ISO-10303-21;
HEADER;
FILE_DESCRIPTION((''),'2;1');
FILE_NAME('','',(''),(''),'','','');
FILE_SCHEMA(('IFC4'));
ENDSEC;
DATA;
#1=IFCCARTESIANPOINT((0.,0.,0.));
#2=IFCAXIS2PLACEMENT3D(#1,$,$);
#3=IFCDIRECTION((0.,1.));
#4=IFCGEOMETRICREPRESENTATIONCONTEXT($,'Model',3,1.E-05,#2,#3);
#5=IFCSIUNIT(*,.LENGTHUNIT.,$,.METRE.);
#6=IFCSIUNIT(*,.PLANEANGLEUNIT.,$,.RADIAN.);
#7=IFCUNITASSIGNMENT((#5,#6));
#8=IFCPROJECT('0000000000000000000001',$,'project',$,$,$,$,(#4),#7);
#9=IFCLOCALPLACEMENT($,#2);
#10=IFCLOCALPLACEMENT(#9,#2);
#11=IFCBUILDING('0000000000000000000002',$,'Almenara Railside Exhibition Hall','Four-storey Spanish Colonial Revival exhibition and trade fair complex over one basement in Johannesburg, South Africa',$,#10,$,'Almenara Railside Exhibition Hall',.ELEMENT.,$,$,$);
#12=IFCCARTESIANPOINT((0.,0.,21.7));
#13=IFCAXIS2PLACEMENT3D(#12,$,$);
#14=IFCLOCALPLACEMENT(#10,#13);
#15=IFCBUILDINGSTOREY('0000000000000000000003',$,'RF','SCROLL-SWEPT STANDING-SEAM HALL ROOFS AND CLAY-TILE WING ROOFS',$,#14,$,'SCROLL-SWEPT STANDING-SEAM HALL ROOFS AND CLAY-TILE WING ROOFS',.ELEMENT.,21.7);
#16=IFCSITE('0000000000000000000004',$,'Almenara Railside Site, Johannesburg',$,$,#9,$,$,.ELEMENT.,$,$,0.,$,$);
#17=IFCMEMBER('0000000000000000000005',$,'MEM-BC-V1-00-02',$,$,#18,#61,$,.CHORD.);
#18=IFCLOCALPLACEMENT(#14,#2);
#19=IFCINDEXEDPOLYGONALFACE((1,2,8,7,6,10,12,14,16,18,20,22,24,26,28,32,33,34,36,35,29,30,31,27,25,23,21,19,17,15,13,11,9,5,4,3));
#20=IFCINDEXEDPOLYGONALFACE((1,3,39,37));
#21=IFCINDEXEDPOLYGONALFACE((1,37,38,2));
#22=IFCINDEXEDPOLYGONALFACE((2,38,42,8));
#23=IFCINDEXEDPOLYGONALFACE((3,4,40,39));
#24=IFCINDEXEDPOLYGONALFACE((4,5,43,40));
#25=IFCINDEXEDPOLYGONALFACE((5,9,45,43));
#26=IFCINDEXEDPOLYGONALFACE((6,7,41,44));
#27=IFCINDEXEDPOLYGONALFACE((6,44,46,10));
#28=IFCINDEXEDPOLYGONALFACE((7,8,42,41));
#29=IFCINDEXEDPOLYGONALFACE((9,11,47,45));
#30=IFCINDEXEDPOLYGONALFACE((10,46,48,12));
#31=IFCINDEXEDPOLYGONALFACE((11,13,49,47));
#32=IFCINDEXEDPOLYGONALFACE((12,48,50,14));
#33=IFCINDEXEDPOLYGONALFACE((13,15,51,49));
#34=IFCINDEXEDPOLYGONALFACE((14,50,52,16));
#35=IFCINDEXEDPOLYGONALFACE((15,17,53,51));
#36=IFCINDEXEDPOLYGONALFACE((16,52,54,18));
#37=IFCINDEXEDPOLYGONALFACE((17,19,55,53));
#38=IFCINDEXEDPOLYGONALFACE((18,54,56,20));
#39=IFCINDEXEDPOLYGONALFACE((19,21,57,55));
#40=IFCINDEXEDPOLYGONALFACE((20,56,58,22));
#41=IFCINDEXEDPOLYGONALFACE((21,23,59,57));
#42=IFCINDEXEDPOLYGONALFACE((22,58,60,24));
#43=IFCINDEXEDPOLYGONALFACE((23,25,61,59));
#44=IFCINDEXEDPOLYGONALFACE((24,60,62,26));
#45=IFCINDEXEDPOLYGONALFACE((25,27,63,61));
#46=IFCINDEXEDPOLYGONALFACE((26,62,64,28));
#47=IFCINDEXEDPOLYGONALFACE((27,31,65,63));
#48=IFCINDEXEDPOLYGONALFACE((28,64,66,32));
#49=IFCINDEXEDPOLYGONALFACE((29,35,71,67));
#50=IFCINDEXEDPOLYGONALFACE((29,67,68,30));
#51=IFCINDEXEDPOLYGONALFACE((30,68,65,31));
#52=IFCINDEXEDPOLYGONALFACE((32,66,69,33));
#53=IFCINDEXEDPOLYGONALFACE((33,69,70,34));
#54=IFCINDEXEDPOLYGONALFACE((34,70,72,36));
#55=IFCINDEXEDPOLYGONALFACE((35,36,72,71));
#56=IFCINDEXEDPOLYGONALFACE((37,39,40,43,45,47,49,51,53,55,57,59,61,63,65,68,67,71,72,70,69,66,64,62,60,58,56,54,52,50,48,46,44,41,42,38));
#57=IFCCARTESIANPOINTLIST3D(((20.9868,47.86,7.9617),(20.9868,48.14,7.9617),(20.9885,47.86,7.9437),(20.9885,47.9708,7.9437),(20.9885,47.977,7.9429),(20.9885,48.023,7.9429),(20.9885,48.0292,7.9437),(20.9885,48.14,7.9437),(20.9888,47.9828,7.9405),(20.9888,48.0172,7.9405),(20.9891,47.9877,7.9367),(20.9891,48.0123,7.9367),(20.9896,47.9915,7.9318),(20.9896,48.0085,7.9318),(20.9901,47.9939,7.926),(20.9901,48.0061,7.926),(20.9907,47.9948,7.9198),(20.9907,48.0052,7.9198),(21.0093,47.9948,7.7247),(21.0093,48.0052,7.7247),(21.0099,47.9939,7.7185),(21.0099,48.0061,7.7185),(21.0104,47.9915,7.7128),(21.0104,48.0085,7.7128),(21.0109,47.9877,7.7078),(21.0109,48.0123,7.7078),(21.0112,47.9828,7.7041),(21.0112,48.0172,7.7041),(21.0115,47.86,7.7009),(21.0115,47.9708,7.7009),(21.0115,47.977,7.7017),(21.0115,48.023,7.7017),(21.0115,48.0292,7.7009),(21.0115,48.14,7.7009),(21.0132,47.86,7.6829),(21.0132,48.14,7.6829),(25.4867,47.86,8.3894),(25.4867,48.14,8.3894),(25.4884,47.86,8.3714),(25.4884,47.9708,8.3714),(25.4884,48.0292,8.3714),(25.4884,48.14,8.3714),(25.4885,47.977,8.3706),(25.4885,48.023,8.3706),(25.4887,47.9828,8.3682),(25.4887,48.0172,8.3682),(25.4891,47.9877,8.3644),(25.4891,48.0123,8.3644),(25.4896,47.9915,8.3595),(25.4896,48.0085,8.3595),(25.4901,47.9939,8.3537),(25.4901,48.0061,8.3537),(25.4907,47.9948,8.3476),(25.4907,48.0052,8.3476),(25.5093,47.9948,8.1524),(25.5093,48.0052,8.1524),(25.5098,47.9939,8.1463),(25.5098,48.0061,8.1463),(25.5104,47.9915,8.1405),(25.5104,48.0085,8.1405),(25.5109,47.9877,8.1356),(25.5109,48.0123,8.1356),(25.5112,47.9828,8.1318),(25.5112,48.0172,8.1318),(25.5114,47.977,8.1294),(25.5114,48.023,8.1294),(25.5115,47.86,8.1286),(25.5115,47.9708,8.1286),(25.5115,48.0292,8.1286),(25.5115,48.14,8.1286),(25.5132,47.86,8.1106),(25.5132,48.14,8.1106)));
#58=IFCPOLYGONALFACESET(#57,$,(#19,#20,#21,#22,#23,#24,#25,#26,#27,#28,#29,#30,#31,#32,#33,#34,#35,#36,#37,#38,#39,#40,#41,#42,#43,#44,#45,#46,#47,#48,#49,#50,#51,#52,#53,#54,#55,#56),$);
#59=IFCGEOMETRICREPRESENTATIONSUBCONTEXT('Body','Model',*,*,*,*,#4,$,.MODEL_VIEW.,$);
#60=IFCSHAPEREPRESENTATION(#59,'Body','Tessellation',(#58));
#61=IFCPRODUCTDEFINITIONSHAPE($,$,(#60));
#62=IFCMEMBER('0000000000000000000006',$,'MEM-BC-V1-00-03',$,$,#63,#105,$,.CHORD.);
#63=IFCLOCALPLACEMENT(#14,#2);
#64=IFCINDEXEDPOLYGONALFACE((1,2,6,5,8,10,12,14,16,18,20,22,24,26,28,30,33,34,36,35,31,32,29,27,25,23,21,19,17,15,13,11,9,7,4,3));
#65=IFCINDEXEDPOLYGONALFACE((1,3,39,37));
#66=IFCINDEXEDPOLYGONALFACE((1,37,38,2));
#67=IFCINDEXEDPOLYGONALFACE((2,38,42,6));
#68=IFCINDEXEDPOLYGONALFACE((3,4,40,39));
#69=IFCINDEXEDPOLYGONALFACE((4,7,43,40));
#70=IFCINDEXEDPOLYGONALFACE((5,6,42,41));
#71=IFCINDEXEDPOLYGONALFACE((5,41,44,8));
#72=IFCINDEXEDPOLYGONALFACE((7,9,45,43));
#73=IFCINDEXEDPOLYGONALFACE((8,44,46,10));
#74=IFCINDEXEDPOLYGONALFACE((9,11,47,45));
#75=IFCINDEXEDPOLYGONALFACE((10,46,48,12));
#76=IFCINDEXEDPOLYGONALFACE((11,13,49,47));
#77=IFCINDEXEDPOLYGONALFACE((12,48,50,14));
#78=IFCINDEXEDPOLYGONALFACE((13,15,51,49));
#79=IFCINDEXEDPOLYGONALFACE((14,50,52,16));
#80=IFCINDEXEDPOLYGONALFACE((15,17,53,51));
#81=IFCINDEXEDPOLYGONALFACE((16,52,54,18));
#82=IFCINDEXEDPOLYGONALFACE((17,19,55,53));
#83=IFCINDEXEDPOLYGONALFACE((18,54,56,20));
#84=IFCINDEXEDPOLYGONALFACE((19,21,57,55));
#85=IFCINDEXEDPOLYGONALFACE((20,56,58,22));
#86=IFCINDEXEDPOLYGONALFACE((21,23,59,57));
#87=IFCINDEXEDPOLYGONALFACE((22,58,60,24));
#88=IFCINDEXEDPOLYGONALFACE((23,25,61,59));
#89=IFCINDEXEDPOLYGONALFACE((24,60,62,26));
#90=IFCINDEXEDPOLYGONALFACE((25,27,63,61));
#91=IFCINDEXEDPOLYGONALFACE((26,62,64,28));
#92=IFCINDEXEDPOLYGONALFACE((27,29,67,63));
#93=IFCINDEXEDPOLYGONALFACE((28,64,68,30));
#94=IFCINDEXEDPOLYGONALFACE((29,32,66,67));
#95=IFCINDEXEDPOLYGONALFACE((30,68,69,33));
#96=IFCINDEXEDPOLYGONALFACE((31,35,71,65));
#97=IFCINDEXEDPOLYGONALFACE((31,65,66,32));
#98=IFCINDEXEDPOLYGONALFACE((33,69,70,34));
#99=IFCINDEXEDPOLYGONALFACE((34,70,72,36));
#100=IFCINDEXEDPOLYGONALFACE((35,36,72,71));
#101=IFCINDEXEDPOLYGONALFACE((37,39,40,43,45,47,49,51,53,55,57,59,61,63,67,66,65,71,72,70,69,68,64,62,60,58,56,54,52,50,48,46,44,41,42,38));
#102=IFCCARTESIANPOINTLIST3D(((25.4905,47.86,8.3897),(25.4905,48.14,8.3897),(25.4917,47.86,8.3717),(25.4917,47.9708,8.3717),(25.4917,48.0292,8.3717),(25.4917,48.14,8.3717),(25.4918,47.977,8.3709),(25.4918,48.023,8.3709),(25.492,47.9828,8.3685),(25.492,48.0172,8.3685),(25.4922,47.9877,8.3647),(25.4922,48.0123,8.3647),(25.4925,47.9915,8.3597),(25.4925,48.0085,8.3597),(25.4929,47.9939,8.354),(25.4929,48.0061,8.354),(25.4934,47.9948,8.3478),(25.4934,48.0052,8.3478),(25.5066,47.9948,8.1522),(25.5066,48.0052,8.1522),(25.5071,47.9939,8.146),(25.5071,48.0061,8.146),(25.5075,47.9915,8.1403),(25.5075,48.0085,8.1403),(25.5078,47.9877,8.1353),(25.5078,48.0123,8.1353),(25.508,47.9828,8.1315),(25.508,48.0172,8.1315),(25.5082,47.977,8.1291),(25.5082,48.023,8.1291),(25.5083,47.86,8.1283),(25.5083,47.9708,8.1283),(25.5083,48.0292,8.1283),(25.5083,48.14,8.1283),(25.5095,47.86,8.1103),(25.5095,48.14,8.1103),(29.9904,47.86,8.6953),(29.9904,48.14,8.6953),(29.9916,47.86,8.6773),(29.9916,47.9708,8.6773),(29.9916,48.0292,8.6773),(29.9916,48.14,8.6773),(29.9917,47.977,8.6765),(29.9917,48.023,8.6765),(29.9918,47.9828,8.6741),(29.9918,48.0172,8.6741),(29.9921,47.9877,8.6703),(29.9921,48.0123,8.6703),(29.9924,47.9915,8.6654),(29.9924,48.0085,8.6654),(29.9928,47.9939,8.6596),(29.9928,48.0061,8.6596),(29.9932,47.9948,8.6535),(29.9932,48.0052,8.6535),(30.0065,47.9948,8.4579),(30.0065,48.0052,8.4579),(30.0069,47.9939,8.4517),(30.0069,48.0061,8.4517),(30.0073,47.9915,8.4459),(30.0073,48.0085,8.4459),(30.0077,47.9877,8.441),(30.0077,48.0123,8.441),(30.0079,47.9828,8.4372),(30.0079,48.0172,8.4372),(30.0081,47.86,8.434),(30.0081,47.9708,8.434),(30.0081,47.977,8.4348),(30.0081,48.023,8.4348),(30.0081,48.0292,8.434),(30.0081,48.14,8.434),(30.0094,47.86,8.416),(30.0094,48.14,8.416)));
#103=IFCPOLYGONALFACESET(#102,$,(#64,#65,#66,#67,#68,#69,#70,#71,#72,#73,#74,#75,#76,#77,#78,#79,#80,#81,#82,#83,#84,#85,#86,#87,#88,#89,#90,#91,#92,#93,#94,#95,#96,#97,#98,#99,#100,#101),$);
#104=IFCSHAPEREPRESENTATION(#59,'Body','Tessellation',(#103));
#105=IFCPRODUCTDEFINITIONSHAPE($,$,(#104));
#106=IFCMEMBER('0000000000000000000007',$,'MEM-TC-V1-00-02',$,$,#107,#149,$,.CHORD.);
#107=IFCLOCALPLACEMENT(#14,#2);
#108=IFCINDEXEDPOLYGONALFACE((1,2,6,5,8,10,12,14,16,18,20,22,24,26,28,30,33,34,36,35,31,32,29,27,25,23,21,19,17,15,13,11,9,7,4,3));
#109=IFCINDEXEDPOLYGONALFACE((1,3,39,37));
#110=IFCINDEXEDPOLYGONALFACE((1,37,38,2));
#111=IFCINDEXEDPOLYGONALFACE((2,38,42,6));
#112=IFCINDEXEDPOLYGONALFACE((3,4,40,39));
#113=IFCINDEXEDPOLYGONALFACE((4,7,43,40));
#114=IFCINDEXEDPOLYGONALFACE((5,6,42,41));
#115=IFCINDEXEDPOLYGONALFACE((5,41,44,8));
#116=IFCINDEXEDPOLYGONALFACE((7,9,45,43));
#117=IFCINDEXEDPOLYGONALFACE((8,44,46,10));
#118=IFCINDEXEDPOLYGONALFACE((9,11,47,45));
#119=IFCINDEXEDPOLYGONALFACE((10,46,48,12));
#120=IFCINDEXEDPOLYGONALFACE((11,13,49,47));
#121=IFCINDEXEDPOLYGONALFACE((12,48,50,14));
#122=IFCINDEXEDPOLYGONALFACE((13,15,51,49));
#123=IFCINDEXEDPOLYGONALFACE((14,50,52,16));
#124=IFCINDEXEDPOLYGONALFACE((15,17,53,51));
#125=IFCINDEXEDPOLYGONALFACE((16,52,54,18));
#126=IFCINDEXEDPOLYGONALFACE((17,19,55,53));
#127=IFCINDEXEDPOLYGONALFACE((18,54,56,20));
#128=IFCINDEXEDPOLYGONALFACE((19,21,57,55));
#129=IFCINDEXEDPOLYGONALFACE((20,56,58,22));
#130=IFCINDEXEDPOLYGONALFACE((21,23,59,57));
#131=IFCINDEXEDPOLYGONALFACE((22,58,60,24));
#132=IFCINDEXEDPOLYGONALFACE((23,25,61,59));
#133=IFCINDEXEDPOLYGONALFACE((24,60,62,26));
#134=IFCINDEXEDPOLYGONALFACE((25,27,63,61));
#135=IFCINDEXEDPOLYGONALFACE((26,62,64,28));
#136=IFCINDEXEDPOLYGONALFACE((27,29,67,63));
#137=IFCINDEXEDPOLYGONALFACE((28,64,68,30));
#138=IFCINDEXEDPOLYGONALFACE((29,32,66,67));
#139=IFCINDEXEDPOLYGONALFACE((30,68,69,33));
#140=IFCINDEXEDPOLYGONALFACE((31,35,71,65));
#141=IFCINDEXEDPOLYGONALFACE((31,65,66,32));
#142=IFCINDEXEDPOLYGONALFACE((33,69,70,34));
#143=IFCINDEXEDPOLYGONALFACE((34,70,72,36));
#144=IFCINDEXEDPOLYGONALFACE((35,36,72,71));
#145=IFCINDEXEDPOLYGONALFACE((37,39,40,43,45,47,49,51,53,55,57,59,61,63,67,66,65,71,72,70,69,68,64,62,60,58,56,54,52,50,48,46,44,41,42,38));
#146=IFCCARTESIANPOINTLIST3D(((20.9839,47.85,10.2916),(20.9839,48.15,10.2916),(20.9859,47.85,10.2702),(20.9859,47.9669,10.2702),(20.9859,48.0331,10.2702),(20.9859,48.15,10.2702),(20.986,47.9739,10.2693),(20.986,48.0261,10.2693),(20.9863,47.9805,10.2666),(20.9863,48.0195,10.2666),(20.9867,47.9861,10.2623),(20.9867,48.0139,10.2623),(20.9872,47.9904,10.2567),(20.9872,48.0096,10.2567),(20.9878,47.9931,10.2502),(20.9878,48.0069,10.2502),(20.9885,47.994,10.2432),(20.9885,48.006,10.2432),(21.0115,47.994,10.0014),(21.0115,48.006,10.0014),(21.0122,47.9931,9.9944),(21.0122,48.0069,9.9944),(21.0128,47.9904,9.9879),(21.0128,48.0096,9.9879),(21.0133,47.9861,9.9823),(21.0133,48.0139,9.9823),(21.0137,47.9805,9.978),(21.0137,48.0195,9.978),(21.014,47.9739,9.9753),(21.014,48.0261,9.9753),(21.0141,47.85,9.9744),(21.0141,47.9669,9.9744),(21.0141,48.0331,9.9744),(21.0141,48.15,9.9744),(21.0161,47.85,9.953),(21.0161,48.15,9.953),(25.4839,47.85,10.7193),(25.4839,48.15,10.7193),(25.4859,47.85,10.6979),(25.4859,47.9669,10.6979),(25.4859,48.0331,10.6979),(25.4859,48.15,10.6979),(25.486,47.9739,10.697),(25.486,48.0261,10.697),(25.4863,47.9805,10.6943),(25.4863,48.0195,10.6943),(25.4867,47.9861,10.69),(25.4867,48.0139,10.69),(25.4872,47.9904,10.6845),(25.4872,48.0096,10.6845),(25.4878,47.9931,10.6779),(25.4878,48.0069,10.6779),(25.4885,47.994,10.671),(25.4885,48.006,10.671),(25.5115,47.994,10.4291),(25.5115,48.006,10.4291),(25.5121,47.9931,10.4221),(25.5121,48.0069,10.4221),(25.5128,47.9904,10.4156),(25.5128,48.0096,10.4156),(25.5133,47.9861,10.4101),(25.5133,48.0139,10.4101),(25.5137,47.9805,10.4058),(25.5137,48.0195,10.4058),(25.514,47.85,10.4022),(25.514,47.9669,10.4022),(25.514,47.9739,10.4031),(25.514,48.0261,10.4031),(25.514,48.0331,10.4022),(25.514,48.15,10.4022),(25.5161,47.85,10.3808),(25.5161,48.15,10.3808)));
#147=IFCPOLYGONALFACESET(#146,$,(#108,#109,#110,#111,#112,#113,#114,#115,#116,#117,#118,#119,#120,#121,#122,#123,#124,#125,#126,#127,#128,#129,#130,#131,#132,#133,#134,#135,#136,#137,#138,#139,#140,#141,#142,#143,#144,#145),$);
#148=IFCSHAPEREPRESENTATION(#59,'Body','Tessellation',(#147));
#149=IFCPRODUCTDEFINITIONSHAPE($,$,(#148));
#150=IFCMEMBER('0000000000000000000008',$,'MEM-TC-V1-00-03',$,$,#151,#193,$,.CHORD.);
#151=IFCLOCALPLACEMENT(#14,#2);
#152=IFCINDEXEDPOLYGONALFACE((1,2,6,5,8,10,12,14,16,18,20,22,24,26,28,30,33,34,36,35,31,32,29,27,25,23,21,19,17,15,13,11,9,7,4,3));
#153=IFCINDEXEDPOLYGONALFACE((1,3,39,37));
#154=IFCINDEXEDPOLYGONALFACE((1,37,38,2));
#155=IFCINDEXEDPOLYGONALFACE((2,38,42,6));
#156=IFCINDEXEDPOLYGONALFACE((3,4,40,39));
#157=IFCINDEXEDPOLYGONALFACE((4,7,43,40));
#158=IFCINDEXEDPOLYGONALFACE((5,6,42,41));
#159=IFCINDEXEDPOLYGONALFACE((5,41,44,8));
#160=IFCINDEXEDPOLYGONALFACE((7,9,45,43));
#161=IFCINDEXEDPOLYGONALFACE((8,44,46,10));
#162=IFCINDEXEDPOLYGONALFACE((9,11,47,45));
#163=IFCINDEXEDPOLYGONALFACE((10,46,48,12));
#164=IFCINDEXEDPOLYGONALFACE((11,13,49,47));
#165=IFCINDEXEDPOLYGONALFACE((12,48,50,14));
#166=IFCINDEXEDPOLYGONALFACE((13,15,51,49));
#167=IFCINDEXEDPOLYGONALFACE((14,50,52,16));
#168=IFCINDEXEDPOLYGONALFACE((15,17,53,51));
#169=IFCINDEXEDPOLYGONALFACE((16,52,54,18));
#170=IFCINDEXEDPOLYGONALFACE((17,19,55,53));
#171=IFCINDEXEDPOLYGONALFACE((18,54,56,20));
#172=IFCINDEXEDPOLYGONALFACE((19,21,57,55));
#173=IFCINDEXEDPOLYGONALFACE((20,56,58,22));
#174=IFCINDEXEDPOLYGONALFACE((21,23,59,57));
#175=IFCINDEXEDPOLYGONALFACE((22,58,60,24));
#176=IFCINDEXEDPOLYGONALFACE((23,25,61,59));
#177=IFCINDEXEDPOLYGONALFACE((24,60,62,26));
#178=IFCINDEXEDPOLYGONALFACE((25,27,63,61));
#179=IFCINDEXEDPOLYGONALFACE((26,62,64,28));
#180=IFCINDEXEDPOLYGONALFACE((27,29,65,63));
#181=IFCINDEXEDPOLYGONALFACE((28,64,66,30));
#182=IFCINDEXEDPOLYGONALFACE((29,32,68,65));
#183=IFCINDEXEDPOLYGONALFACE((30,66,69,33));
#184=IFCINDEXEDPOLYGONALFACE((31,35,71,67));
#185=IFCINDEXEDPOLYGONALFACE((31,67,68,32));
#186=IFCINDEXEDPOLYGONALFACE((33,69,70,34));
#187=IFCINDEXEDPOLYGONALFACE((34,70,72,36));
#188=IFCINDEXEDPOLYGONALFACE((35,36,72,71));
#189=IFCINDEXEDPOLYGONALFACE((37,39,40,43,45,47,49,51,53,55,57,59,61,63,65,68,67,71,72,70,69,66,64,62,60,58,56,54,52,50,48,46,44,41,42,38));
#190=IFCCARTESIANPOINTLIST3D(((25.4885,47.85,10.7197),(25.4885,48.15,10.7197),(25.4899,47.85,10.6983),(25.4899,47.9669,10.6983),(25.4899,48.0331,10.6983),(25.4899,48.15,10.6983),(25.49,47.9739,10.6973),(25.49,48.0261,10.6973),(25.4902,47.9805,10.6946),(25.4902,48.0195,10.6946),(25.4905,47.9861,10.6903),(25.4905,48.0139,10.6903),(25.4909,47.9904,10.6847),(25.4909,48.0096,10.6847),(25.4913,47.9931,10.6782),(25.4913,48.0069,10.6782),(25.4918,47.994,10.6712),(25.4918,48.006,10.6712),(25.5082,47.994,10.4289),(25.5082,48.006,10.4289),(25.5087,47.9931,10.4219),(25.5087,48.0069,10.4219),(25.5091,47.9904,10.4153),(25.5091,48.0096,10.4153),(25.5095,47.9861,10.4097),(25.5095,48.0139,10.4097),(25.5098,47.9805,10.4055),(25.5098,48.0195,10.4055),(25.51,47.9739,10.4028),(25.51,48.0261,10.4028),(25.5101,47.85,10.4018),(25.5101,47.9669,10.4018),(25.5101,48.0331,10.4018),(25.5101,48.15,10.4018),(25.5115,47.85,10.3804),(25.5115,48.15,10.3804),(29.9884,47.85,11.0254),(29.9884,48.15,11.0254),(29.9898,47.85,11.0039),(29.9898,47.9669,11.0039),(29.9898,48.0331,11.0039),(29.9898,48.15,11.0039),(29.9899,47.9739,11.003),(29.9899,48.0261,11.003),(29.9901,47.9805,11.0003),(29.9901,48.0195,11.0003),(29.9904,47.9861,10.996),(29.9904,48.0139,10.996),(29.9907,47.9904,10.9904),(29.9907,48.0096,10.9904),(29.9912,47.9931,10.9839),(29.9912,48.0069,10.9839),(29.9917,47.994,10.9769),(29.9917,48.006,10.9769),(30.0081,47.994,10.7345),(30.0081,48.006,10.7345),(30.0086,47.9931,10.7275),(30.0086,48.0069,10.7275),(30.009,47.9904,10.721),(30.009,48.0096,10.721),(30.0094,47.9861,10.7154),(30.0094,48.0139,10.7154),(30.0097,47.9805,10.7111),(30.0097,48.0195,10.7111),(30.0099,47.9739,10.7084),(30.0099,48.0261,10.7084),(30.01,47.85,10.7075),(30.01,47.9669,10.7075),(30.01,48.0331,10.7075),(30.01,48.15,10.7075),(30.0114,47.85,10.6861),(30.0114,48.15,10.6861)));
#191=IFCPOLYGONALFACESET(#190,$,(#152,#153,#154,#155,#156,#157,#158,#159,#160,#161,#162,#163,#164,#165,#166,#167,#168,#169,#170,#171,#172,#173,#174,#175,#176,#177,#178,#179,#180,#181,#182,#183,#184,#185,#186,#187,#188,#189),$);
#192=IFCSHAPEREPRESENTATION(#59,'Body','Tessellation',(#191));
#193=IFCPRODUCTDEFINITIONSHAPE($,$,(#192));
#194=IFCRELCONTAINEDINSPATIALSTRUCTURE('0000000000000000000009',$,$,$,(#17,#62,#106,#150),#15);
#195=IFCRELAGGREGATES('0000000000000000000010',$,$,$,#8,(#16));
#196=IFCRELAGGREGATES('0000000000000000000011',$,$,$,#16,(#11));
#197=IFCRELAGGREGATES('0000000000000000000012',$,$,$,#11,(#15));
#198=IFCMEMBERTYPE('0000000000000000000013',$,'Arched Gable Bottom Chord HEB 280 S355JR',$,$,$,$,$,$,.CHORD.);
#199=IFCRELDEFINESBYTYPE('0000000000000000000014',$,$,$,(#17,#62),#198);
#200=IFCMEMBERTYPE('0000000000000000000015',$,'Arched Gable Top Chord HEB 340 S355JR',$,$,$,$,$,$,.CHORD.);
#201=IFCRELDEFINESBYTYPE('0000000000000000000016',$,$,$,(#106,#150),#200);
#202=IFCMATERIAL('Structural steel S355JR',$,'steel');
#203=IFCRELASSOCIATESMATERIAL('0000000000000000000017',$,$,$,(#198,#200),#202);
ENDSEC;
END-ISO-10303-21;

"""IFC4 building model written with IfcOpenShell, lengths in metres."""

from ifc_helpers import new_model, si_unit, direction, frame, origin, origin_2d, place, context, subcontext, project, spatial, i_section, extrude, material, material_profile, profile_set, type_object, element, save


model = new_model("IFC4")

# Units and contexts
model_context = context("Model", 3, precision=1e-05, world=origin(), true_north=direction((0.0, 1.0)))
body_context = subcontext(model_context, "Body", "Model", "MODEL_VIEW")
ifc_project = project(units=[si_unit("LENGTHUNIT", "METRE"), si_unit("PLANEANGLEUNIT", "RADIAN")], contexts=[model_context])

# Site, building, storey
site_placement = place(None, origin())
site = spatial("IfcSite", under=ifc_project, at=site_placement, Name="Almenara Railside Site, Johannesburg", CompositionType="ELEMENT", RefElevation=0.0)
building_placement = place(site_placement, origin())
building = spatial("IfcBuilding", under=site, at=building_placement, Name="Almenara Railside Exhibition Hall", Description="Four-storey Spanish Colonial Revival exhibition and trade fair complex over one basement in Johannesburg, South Africa", LongName="Almenara Railside Exhibition Hall", CompositionType="ELEMENT")
storey_placement = place(building_placement, frame((0.0, 0.0, 21.7)))
storey = spatial("IfcBuildingStorey", under=building, at=storey_placement, Name="RF", Description="SCROLL-SWEPT STANDING-SEAM HALL ROOFS AND CLAY-TILE WING ROOFS", LongName="SCROLL-SWEPT STANDING-SEAM HALL ROOFS AND CLAY-TILE WING ROOFS", CompositionType="ELEMENT", Elevation=21.7)

# Members
ifc_material_1 = material(Name="Structural steel S355JR", Category="steel")
ifc_material_profile_1 = material_profile(ifc_material_1, i_section(OverallWidth=0.28, OverallDepth=0.28, WebThickness=0.0105, FlangeThickness=0.0181, FilletRadius=0.0239, at=origin_2d()), Name="HEB 280")
ifc_profile_set_1 = profile_set([ifc_material_profile_1], Name="Structural steel S355JR")
member_type_1 = type_object("IfcMemberType", Name="Arched Gable Bottom Chord HEB 280 S355JR", PredefinedType="CHORD", material=ifc_profile_set_1)
member_1_placement = place(storey_placement, frame((21.0, 48.0, 7.8223), z_axis=(0.995513, 0.0, 0.094626), x_axis=(0.0, 1.0, 0.0)))
element("IfcMember", 1, at=member_1_placement, inside=storey, type_object=member_type_1, Name="MEM-BC-V1-00-02", PredefinedType="CHORD", context=body_context, shape_type="SweptSolid", body=[
    extrude(i_section(OverallWidth=0.28, OverallDepth=0.28, WebThickness=0.0105, FlangeThickness=0.0181, FilletRadius=0.0239, at=origin_2d()), origin(), (0.0, 0.0, 1.0), 4.5203),
])
member_2_placement = place(storey_placement, frame((25.5, 48.0, 8.25), z_axis=(0.997701, 0.0, 0.067769), x_axis=(0.0, 1.0, 0.0)))
element("IfcMember", 2, at=member_2_placement, inside=storey, type_object=member_type_1, Name="MEM-BC-V1-00-03", PredefinedType="CHORD", context=body_context, shape_type="SweptSolid", body=[
    extrude(i_section(OverallWidth=0.28, OverallDepth=0.28, WebThickness=0.0105, FlangeThickness=0.0181, FilletRadius=0.0239, at=origin_2d()), origin(), (0.0, 0.0, 1.0), 4.5103),
])
ifc_material_profile_2 = material_profile(ifc_material_1, i_section(OverallWidth=0.3, OverallDepth=0.3401, WebThickness=0.012, FlangeThickness=0.0215, FilletRadius=0.0271, at=origin_2d()), Name="HEB 340")
ifc_profile_set_2 = profile_set([ifc_material_profile_2], Name="Structural steel S355JR")
member_type_2 = type_object("IfcMemberType", Name="Arched Gable Top Chord HEB 340 S355JR", PredefinedType="CHORD", material=ifc_profile_set_2)
member_3_placement = place(storey_placement, frame((21.0, 48.0, 10.1223), z_axis=(0.995513, 0.0, 0.094626), x_axis=(0.0, 1.0, 0.0)))
element("IfcMember", 3, at=member_3_placement, inside=storey, type_object=member_type_2, Name="MEM-TC-V1-00-02", PredefinedType="CHORD", context=body_context, shape_type="SweptSolid", body=[
    extrude(i_section(OverallWidth=0.3, OverallDepth=0.3401, WebThickness=0.012, FlangeThickness=0.0215, FilletRadius=0.0271, at=origin_2d()), origin(), (0.0, 0.0, 1.0), 4.5203),
])
member_4_placement = place(storey_placement, frame((25.5, 48.0, 10.55), z_axis=(0.997701, 0.0, 0.067769), x_axis=(0.0, 1.0, 0.0)))
element("IfcMember", 4, at=member_4_placement, inside=storey, type_object=member_type_2, Name="MEM-TC-V1-00-03", PredefinedType="CHORD", context=body_context, shape_type="SweptSolid", body=[
    extrude(i_section(OverallWidth=0.3, OverallDepth=0.3401, WebThickness=0.012, FlangeThickness=0.0215, FilletRadius=0.0271, at=origin_2d()), origin(), (0.0, 0.0, 1.0), 4.5103),
])

save(model, "model.ifc")
